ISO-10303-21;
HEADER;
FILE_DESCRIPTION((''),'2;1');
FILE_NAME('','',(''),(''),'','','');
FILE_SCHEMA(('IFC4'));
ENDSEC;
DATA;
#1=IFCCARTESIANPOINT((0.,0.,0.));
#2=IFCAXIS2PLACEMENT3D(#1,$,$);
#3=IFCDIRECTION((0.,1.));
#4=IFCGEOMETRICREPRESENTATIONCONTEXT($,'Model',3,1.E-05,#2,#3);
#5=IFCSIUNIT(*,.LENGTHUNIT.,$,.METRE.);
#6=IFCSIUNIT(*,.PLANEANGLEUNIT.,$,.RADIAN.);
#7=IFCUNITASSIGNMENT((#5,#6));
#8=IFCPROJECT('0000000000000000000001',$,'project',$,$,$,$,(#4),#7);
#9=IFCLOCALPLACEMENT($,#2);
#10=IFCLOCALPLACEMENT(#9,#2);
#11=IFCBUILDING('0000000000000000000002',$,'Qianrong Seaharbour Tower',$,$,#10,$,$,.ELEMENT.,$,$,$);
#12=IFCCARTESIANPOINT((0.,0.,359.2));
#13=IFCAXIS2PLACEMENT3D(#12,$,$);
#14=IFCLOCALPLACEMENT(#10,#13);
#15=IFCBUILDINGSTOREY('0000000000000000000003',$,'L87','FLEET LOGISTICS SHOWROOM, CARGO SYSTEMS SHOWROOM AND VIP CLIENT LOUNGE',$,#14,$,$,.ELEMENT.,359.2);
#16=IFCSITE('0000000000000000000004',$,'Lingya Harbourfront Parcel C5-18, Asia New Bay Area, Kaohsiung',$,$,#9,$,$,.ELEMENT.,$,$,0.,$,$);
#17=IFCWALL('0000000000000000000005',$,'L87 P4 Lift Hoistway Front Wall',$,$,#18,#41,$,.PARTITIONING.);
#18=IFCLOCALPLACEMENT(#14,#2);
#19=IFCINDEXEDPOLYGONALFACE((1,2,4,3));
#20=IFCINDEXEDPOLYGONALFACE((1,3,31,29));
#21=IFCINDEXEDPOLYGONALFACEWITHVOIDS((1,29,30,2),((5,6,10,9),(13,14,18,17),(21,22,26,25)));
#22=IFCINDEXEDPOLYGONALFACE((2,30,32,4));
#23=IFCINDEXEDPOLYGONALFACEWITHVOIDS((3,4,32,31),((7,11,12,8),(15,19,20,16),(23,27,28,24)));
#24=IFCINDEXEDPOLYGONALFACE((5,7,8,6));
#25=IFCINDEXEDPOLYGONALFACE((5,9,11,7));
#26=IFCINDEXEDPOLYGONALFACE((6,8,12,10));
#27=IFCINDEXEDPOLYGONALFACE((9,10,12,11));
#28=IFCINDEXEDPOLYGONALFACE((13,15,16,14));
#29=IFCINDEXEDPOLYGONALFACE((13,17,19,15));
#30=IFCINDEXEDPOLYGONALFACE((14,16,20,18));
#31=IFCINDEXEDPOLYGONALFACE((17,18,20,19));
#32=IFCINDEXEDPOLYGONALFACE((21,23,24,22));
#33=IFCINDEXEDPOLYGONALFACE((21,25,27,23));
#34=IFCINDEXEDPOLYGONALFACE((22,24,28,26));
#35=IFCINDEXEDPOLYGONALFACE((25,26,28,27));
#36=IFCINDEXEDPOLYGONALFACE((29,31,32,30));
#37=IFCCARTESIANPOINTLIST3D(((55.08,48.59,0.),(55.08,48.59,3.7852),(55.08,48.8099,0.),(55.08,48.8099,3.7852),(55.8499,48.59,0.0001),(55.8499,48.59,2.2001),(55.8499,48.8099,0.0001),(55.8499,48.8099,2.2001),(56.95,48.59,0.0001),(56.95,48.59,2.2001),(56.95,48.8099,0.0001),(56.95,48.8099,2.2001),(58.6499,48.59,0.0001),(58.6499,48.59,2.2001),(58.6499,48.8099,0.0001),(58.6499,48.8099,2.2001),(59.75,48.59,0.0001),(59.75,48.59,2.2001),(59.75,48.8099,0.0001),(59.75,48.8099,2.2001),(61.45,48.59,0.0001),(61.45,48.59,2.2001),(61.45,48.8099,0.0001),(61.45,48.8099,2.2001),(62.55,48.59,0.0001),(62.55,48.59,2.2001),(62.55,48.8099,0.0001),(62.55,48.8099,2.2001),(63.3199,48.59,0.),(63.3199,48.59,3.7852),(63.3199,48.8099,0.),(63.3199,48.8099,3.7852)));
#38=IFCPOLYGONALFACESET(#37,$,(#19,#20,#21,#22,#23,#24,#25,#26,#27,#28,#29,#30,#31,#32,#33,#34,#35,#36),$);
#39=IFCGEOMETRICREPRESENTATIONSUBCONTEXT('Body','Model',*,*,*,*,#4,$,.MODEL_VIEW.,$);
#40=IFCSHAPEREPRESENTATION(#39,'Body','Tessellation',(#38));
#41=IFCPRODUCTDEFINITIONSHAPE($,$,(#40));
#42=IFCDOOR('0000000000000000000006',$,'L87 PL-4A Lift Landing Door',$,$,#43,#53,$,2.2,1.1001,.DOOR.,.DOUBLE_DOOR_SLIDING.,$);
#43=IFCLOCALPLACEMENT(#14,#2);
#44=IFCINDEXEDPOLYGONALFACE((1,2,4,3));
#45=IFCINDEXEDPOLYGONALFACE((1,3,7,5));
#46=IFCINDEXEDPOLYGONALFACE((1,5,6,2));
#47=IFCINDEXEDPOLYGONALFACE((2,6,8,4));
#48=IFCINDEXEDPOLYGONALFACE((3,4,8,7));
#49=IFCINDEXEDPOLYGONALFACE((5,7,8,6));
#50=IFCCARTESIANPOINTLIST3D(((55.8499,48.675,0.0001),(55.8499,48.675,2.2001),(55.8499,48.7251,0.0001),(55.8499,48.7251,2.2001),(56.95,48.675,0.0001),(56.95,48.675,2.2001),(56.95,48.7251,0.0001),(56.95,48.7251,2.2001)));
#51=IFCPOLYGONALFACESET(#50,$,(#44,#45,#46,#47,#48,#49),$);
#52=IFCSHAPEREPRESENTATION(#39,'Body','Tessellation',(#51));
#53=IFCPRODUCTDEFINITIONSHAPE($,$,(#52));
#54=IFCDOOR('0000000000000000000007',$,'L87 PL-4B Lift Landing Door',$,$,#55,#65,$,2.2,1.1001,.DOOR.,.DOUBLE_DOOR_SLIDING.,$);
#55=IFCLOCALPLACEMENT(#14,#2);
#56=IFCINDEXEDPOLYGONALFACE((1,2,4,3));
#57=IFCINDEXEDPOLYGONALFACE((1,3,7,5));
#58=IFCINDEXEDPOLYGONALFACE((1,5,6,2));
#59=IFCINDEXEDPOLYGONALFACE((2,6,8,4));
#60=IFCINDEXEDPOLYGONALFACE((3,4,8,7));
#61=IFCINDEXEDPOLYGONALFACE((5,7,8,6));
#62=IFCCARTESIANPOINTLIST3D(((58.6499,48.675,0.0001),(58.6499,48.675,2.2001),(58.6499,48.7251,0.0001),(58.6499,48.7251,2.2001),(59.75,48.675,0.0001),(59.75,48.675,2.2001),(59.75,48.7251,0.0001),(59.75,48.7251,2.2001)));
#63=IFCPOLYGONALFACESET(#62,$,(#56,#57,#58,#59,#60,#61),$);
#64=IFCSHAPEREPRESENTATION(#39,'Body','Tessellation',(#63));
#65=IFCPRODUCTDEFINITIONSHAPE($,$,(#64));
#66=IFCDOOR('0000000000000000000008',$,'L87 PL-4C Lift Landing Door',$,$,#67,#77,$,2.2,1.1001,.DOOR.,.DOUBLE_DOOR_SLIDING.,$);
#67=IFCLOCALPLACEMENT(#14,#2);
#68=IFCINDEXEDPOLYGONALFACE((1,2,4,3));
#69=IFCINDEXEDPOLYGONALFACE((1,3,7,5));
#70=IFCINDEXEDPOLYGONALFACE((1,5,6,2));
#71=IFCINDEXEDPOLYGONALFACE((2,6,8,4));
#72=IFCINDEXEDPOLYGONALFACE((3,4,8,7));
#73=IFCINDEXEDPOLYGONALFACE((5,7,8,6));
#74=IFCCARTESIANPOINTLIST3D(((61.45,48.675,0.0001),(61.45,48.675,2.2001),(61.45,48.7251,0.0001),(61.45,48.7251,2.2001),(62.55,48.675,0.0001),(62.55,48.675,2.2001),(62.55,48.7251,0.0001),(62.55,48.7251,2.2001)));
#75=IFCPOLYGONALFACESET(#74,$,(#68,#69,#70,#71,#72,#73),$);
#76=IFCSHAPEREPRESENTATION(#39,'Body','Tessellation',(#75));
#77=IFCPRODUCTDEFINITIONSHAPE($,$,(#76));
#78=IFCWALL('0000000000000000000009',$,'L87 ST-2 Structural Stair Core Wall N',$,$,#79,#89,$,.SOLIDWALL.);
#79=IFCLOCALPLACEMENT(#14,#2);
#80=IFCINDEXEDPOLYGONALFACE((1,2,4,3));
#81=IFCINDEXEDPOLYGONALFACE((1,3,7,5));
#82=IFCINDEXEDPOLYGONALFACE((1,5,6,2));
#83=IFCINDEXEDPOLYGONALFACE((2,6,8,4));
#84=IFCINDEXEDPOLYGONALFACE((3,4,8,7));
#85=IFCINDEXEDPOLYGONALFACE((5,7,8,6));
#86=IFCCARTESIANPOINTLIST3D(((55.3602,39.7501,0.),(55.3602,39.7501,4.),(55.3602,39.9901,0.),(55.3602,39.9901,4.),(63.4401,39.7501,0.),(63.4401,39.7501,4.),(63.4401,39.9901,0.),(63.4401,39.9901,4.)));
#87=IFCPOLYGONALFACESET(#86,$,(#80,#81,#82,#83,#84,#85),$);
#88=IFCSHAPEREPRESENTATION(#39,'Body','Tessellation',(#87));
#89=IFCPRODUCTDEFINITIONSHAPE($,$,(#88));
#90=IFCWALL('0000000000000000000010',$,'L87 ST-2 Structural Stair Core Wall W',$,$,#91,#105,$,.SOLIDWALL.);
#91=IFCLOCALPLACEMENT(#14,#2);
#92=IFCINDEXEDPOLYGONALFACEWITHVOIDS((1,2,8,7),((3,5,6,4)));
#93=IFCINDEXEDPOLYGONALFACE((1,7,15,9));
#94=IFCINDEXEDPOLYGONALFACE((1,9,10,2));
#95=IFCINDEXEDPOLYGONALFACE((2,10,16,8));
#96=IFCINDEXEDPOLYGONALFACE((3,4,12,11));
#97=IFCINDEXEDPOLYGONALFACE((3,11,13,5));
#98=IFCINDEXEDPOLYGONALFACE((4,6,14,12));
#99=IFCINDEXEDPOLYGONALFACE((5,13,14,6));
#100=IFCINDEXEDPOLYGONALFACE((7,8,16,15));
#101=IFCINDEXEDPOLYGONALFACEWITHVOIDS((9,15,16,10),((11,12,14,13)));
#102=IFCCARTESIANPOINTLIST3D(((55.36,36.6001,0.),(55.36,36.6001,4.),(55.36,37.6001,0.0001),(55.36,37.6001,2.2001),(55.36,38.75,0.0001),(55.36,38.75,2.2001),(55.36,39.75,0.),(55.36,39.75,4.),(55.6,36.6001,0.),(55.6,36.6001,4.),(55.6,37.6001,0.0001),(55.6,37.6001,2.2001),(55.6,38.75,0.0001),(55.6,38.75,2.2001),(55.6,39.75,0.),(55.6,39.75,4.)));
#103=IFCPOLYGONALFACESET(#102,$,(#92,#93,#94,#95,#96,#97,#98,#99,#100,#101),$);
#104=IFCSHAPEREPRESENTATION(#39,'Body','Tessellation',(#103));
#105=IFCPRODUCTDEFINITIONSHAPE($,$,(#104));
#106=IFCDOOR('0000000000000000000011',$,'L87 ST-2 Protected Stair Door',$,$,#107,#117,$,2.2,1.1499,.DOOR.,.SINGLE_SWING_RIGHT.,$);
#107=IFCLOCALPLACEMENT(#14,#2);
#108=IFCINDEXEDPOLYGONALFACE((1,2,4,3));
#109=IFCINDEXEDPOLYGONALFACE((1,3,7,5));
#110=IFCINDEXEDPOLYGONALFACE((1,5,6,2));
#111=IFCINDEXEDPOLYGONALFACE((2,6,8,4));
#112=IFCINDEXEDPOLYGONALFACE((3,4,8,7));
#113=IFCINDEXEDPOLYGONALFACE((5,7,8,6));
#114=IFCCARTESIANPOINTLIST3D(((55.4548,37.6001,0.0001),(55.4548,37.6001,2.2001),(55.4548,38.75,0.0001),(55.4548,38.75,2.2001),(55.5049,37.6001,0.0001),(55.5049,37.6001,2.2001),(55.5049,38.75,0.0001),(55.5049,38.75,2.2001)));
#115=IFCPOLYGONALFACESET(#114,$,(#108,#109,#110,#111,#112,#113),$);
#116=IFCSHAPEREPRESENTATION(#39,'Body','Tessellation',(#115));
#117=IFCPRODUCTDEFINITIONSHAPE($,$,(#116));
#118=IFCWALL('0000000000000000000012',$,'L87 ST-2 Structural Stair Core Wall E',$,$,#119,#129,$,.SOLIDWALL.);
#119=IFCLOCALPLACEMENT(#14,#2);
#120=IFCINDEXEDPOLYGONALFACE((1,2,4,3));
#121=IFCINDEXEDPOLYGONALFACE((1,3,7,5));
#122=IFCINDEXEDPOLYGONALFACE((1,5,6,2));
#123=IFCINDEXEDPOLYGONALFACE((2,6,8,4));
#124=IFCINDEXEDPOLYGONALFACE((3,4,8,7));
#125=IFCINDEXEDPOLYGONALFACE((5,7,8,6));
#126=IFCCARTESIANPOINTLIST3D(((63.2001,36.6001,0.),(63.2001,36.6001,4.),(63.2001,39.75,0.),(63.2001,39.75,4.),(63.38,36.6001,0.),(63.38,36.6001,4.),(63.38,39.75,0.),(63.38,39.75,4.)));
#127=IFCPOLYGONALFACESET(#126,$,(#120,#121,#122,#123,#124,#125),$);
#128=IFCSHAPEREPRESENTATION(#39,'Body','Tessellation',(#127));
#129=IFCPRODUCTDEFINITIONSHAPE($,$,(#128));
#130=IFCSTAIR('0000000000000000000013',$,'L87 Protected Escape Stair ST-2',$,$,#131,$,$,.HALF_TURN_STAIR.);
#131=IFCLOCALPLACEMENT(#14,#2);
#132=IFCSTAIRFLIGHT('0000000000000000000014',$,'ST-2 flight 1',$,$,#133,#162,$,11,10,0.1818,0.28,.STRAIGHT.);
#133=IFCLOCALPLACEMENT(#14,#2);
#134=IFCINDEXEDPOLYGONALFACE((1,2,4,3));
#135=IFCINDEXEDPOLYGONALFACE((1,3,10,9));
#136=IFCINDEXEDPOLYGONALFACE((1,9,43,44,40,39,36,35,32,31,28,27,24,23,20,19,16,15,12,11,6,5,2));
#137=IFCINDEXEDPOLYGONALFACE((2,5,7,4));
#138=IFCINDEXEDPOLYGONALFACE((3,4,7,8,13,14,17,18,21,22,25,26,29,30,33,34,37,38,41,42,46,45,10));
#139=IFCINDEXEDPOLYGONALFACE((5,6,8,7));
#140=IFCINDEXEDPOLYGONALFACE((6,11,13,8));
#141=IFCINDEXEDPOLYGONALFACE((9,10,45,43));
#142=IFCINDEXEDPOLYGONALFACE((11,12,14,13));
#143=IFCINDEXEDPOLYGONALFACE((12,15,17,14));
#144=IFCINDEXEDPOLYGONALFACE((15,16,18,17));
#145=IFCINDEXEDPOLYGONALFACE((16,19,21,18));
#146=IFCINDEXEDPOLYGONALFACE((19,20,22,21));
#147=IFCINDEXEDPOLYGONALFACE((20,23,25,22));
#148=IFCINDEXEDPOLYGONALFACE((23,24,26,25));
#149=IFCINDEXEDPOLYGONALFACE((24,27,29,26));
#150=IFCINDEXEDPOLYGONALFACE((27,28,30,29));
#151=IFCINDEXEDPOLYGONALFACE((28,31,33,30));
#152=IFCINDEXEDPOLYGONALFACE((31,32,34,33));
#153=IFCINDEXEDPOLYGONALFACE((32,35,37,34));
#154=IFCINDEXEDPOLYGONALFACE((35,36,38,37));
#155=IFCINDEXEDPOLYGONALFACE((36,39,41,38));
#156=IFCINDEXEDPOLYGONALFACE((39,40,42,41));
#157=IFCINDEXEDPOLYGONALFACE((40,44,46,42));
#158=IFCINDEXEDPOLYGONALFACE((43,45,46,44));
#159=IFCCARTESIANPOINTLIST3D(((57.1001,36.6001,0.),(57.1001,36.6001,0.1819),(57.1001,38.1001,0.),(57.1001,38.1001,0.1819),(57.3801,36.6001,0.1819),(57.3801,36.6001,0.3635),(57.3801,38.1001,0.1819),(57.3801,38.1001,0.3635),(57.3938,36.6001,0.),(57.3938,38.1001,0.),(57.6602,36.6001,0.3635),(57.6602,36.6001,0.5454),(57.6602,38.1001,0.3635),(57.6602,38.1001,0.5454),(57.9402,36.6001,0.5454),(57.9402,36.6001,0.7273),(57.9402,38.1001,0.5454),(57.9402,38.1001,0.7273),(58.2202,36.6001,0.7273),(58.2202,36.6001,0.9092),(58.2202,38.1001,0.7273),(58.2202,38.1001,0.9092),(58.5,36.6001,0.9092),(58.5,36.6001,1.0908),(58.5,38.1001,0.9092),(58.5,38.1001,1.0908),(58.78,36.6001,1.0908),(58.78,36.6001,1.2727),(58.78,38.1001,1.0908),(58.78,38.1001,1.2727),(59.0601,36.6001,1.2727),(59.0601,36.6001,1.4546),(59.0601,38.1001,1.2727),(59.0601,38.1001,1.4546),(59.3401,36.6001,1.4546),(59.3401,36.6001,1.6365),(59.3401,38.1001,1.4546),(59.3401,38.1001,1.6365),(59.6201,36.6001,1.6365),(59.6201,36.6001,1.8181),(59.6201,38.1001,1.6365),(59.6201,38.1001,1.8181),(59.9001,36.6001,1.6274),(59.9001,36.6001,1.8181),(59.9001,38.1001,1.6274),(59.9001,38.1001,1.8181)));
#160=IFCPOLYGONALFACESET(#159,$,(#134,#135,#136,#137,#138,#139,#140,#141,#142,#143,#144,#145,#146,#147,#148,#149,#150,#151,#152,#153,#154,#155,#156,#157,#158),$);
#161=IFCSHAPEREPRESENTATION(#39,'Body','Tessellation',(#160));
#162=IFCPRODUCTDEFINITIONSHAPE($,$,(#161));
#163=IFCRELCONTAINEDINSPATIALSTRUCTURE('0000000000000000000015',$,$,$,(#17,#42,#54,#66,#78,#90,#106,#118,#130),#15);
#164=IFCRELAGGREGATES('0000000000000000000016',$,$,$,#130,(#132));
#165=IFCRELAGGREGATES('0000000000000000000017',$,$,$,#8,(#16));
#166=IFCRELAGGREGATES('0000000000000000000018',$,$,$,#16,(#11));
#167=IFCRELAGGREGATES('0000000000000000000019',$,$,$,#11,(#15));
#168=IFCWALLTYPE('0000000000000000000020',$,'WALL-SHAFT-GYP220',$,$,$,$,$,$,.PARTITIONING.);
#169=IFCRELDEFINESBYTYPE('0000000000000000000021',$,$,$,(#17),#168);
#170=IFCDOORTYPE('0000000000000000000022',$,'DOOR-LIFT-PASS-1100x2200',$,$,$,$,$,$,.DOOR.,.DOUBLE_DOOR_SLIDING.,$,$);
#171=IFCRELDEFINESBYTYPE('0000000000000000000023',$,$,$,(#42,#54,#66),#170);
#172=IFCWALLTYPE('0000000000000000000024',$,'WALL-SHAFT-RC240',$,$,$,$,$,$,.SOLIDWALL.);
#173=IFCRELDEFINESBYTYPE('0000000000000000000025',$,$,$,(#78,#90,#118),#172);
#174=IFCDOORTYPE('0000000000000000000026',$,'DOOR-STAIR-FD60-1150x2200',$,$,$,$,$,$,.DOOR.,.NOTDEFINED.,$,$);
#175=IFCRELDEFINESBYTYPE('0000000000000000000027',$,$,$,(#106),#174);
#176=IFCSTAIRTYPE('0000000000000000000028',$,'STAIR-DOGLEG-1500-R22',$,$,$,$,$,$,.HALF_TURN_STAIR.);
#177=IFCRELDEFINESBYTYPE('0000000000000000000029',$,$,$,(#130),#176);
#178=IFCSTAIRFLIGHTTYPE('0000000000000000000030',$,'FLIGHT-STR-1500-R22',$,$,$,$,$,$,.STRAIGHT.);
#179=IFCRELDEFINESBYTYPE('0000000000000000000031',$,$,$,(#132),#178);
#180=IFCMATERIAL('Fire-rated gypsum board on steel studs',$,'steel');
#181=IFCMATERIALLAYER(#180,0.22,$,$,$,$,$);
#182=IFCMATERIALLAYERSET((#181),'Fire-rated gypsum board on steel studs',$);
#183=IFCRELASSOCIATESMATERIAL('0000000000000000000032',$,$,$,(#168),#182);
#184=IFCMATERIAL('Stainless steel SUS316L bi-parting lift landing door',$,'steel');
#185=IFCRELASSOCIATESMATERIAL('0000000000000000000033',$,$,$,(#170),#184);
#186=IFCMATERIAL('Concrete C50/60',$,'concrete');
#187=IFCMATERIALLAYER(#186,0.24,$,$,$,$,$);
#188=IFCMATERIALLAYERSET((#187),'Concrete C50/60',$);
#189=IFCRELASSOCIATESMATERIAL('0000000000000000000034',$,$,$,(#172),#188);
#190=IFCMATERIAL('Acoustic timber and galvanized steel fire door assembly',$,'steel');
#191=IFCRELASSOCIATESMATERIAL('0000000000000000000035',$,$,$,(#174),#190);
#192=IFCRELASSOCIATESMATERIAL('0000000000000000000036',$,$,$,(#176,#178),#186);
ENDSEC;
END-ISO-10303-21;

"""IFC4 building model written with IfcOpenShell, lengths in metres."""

from ifc_helpers import new_model, si_unit, direction, frame, frame_2d, origin, place, context, subcontext, project, spatial, polyline, rectangle, outline, extrude, material, layer, layer_set, type_object, element, fill, aggregate, save


model = new_model("IFC4")

# Units and contexts
model_context = context("Model", 3, precision=1e-05, world=origin(), true_north=direction((0.0, 1.0)))
body_context = subcontext(model_context, "Body", "Model", "MODEL_VIEW")
ifc_project = project(units=[si_unit("LENGTHUNIT", "METRE"), si_unit("PLANEANGLEUNIT", "RADIAN")], contexts=[model_context])

# Site, building, storey
site_placement = place(None, origin())
site = spatial("IfcSite", under=ifc_project, at=site_placement, Name="Lingya Harbourfront Parcel C5-18, Asia New Bay Area, Kaohsiung", CompositionType="ELEMENT", RefElevation=0.0)
building_placement = place(site_placement, origin())
building = spatial("IfcBuilding", under=site, at=building_placement, Name="Qianrong Seaharbour Tower", CompositionType="ELEMENT")
storey_placement = place(building_placement, frame((0.0, 0.0, 359.2)))
storey = spatial("IfcBuildingStorey", under=building, at=storey_placement, Name="L87", Description="FLEET LOGISTICS SHOWROOM, CARGO SYSTEMS SHOWROOM AND VIP CLIENT LOUNGE", CompositionType="ELEMENT", Elevation=359.2)

# Shared definitions
ifc_material_1 = material(Name="Concrete C50/60", Category="concrete")

# Shared definitions
ifc_material_2 = material(Name="Acoustic timber and galvanized steel fire door assembly", Category="steel")

# Shared definitions
ifc_material_3 = material(Name="Fire-rated gypsum board on steel studs", Category="steel")

# Wall, openings, doors
ifc_layer_1 = layer(ifc_material_3, 0.22)
ifc_layer_set_1 = layer_set([ifc_layer_1], Name="Fire-rated gypsum board on steel studs")
wall_type_1 = type_object("IfcWallType", Name="WALL-SHAFT-GYP220", PredefinedType="PARTITIONING", material=ifc_layer_set_1)
wall_1_placement = place(storey_placement, frame((63.3201, 48.7, 0.0), z_axis=(0.0, 0.0, 1.0), x_axis=(-1.0, 0.0, 0.0)))
wall_1 = element("IfcWall", 1, at=wall_1_placement, inside=storey, type_object=wall_type_1, Name="L87 P4 Lift Hoistway Front Wall", PredefinedType="PARTITIONING", context=body_context, shape_type="SweptSolid", body=[
    extrude(rectangle(XDim=8.24, YDim=0.22, at=frame_2d((4.1201, 0.0))), origin(), (0.0, 0.0, 1.0), 3.7852),
])
opening_1_placement = place(wall_1_placement, frame((6.3701, 0.0, 0.0)))
opening_1 = element("IfcOpeningElement", 2, at=opening_1_placement, cuts=wall_1, PredefinedType="OPENING", context=body_context, shape_type="SweptSolid", body=[
    extrude(rectangle(XDim=1.1001, YDim=2.2, at=frame_2d((0.55, 1.1001))), frame((0.0, 0.1201, 0.0), z_axis=(0.0, -1.0, 0.0), x_axis=(1.0, 0.0, 0.0)), (0.0, 0.0, 1.0), 0.24),
])
opening_2_placement = place(wall_1_placement, frame((3.5701, 0.0, 0.0)))
opening_2 = element("IfcOpeningElement", 3, at=opening_2_placement, cuts=wall_1, PredefinedType="OPENING", context=body_context, shape_type="SweptSolid", body=[
    extrude(rectangle(XDim=1.1001, YDim=2.2, at=frame_2d((0.55, 1.1001))), frame((0.0, 0.1201, 0.0), z_axis=(0.0, -1.0, 0.0), x_axis=(1.0, 0.0, 0.0)), (0.0, 0.0, 1.0), 0.24),
])
opening_3_placement = place(wall_1_placement, frame((0.77, 0.0, 0.0)))
opening_3 = element("IfcOpeningElement", 4, at=opening_3_placement, cuts=wall_1, PredefinedType="OPENING", context=body_context, shape_type="SweptSolid", body=[
    extrude(rectangle(XDim=1.1001, YDim=2.2, at=frame_2d((0.55, 1.1001))), frame((0.0, 0.1201, 0.0), z_axis=(0.0, -1.0, 0.0), x_axis=(1.0, 0.0, 0.0)), (0.0, 0.0, 1.0), 0.24),
])
ifc_material_4 = material(Name="Stainless steel SUS316L bi-parting lift landing door", Category="steel")
door_type_1 = type_object("IfcDoorType", Name="DOOR-LIFT-PASS-1100x2200", OperationType="DOUBLE_DOOR_SLIDING", PredefinedType="DOOR", material=ifc_material_4)
door_1_placement = place(opening_1_placement, origin())
door_1 = element("IfcDoor", 5, at=door_1_placement, inside=storey, type_object=door_type_1, Name="L87 PL-4A Lift Landing Door", OperationType="DOUBLE_DOOR_SLIDING", OverallHeight=2.2, OverallWidth=1.1001, PredefinedType="DOOR", context=body_context, shape_type="SweptSolid", body=[
    extrude(rectangle(XDim=1.1001, YDim=2.2, at=frame_2d((0.55, 1.1001))), frame((0.0, 0.0249, 0.0), z_axis=(0.0, -1.0, 0.0), x_axis=(1.0, 0.0, 0.0)), (0.0, 0.0, 1.0), 0.05),
])
fill(opening_1, door_1)
door_2_placement = place(opening_2_placement, origin())
door_2 = element("IfcDoor", 6, at=door_2_placement, inside=storey, type_object=door_type_1, Name="L87 PL-4B Lift Landing Door", OperationType="DOUBLE_DOOR_SLIDING", OverallHeight=2.2, OverallWidth=1.1001, PredefinedType="DOOR", context=body_context, shape_type="SweptSolid", body=[
    extrude(rectangle(XDim=1.1001, YDim=2.2, at=frame_2d((0.55, 1.1001))), frame((0.0, 0.0249, 0.0), z_axis=(0.0, -1.0, 0.0), x_axis=(1.0, 0.0, 0.0)), (0.0, 0.0, 1.0), 0.05),
])
fill(opening_2, door_2)
door_3_placement = place(opening_3_placement, origin())
door_3 = element("IfcDoor", 7, at=door_3_placement, inside=storey, type_object=door_type_1, Name="L87 PL-4C Lift Landing Door", OperationType="DOUBLE_DOOR_SLIDING", OverallHeight=2.2, OverallWidth=1.1001, PredefinedType="DOOR", context=body_context, shape_type="SweptSolid", body=[
    extrude(rectangle(XDim=1.1001, YDim=2.2, at=frame_2d((0.55, 1.1001))), frame((0.0, 0.0249, 0.0), z_axis=(0.0, -1.0, 0.0), x_axis=(1.0, 0.0, 0.0)), (0.0, 0.0, 1.0), 0.05),
])
fill(opening_3, door_3)

# Wall
ifc_layer_2 = layer(ifc_material_1, 0.24)
ifc_layer_set_2 = layer_set([ifc_layer_2], Name="Concrete C50/60")
wall_type_2 = type_object("IfcWallType", Name="WALL-SHAFT-RC240", PredefinedType="SOLIDWALL", material=ifc_layer_set_2)
wall_2_placement = place(storey_placement, frame((55.3601, 39.8701, 0.0), z_axis=(0.0, 0.0, 1.0), x_axis=(1.0, 0.0, 0.0)))
element("IfcWall", 8, at=wall_2_placement, inside=storey, type_object=wall_type_2, Name="L87 ST-2 Structural Stair Core Wall N", PredefinedType="SOLIDWALL", context=body_context, shape_type="SweptSolid", body=[
    extrude(rectangle(XDim=8.0798, YDim=0.24, at=frame_2d((4.04, 0.0))), origin(), (0.0, 0.0, 1.0), 4.0),
])

# Wall, opening, door
wall_3_placement = place(storey_placement, frame((55.48, 39.75, 0.0), z_axis=(0.0, 0.0, 1.0), x_axis=(0.0, -1.0, 0.0)))
wall_3 = element("IfcWall", 9, at=wall_3_placement, inside=storey, type_object=wall_type_2, Name="L87 ST-2 Structural Stair Core Wall W", PredefinedType="SOLIDWALL", context=body_context, shape_type="SweptSolid", body=[
    extrude(rectangle(XDim=3.1499, YDim=0.24, at=frame_2d((1.575, 0.0))), origin(), (0.0, 0.0, 1.0), 4.0),
])
opening_4_placement = place(wall_3_placement, frame((1.0, 0.0, 0.0)))
opening_4 = element("IfcOpeningElement", 10, at=opening_4_placement, cuts=wall_3, PredefinedType="OPENING", context=body_context, shape_type="SweptSolid", body=[
    extrude(rectangle(XDim=1.1499, YDim=2.2, at=frame_2d((0.575, 1.1001))), frame((0.0, 0.1299, 0.0), z_axis=(0.0, -1.0, 0.0), x_axis=(1.0, 0.0, 0.0)), (0.0, 0.0, 1.0), 0.26),
])
door_type_2 = type_object("IfcDoorType", Name="DOOR-STAIR-FD60-1150x2200", OperationType="NOTDEFINED", PredefinedType="DOOR", material=ifc_material_2)
door_4_placement = place(opening_4_placement, origin())
door_4 = element("IfcDoor", 11, at=door_4_placement, inside=storey, type_object=door_type_2, Name="L87 ST-2 Protected Stair Door", OperationType="SINGLE_SWING_RIGHT", OverallHeight=2.2, OverallWidth=1.1499, PredefinedType="DOOR", context=body_context, shape_type="SweptSolid", body=[
    extrude(rectangle(XDim=1.1499, YDim=2.2, at=frame_2d((0.575, 1.1001))), frame((0.0, 0.0249, 0.0), z_axis=(0.0, -1.0, 0.0), x_axis=(1.0, 0.0, 0.0)), (0.0, 0.0, 1.0), 0.05),
])
fill(opening_4, door_4)

# Wall
wall_4_placement = place(storey_placement, frame((63.29, 36.6001, 0.0), z_axis=(0.0, 0.0, 1.0), x_axis=(0.0, 1.0, 0.0)))
element("IfcWall", 12, at=wall_4_placement, inside=storey, type_object=wall_type_2, Name="L87 ST-2 Structural Stair Core Wall E", PredefinedType="SOLIDWALL", context=body_context, shape_type="SweptSolid", body=[
    extrude(rectangle(XDim=3.1499, YDim=0.1799, at=frame_2d((1.575, 0.0))), origin(), (0.0, 0.0, 1.0), 4.0),
])

# Stair, stair flight
stair_type = type_object("IfcStairType", Name="STAIR-DOGLEG-1500-R22", PredefinedType="HALF_TURN_STAIR", material=ifc_material_1)
stair_placement = place(storey_placement, origin())
stair = element("IfcStair", 13, at=stair_placement, inside=storey, type_object=stair_type, Name="L87 Protected Escape Stair ST-2", PredefinedType="HALF_TURN_STAIR")
stair_flight_type = type_object("IfcStairFlightType", Name="FLIGHT-STR-1500-R22", PredefinedType="STRAIGHT", material=ifc_material_1)
stair_flight_1_placement = place(storey_placement, frame((57.1001, 37.3501, 0.0), z_axis=(0.0, 0.0, 1.0), x_axis=(1.0, 0.0, 0.0)))
stair_flight_1 = element("IfcStairFlight", 14, at=stair_flight_1_placement, type_object=stair_flight_type, Name="ST-2 flight 1", NumberOfRisers=11, NumberOfTreads=10, PredefinedType="STRAIGHT", RiserHeight=0.1818, TreadLength=0.28, context=body_context, shape_type="SweptSolid", body=[
    extrude(outline(polyline([(0.0, 0.0), (0.0, 0.1819), (0.28, 0.1819), (0.28, 0.3635), (0.5601, 0.3635), (0.5601, 0.5454), (0.8401, 0.5454), (0.8401, 0.7273), (1.1201, 0.7273), (1.1201, 0.9092), (1.3999, 0.9092), (1.3999, 1.0908), (1.6799, 1.0908), (1.6799, 1.2727), (1.96, 1.2727), (1.96, 1.4546), (2.24, 1.4546), (2.24, 1.6365), (2.52, 1.6365), (2.52, 1.8181), (2.8, 1.8181), (2.8, 2.0), (2.8, 1.6274), (0.2937, 0.0), (0.0, 0.0)])), frame((0.0, 0.75, 0.0), z_axis=(0.0, -1.0, 0.0), x_axis=(1.0, 0.0, 0.0)), (0.0, 0.0, 1.0), 1.5),
])
aggregate(stair, [stair_flight_1])

save(model, "model.ifc")
